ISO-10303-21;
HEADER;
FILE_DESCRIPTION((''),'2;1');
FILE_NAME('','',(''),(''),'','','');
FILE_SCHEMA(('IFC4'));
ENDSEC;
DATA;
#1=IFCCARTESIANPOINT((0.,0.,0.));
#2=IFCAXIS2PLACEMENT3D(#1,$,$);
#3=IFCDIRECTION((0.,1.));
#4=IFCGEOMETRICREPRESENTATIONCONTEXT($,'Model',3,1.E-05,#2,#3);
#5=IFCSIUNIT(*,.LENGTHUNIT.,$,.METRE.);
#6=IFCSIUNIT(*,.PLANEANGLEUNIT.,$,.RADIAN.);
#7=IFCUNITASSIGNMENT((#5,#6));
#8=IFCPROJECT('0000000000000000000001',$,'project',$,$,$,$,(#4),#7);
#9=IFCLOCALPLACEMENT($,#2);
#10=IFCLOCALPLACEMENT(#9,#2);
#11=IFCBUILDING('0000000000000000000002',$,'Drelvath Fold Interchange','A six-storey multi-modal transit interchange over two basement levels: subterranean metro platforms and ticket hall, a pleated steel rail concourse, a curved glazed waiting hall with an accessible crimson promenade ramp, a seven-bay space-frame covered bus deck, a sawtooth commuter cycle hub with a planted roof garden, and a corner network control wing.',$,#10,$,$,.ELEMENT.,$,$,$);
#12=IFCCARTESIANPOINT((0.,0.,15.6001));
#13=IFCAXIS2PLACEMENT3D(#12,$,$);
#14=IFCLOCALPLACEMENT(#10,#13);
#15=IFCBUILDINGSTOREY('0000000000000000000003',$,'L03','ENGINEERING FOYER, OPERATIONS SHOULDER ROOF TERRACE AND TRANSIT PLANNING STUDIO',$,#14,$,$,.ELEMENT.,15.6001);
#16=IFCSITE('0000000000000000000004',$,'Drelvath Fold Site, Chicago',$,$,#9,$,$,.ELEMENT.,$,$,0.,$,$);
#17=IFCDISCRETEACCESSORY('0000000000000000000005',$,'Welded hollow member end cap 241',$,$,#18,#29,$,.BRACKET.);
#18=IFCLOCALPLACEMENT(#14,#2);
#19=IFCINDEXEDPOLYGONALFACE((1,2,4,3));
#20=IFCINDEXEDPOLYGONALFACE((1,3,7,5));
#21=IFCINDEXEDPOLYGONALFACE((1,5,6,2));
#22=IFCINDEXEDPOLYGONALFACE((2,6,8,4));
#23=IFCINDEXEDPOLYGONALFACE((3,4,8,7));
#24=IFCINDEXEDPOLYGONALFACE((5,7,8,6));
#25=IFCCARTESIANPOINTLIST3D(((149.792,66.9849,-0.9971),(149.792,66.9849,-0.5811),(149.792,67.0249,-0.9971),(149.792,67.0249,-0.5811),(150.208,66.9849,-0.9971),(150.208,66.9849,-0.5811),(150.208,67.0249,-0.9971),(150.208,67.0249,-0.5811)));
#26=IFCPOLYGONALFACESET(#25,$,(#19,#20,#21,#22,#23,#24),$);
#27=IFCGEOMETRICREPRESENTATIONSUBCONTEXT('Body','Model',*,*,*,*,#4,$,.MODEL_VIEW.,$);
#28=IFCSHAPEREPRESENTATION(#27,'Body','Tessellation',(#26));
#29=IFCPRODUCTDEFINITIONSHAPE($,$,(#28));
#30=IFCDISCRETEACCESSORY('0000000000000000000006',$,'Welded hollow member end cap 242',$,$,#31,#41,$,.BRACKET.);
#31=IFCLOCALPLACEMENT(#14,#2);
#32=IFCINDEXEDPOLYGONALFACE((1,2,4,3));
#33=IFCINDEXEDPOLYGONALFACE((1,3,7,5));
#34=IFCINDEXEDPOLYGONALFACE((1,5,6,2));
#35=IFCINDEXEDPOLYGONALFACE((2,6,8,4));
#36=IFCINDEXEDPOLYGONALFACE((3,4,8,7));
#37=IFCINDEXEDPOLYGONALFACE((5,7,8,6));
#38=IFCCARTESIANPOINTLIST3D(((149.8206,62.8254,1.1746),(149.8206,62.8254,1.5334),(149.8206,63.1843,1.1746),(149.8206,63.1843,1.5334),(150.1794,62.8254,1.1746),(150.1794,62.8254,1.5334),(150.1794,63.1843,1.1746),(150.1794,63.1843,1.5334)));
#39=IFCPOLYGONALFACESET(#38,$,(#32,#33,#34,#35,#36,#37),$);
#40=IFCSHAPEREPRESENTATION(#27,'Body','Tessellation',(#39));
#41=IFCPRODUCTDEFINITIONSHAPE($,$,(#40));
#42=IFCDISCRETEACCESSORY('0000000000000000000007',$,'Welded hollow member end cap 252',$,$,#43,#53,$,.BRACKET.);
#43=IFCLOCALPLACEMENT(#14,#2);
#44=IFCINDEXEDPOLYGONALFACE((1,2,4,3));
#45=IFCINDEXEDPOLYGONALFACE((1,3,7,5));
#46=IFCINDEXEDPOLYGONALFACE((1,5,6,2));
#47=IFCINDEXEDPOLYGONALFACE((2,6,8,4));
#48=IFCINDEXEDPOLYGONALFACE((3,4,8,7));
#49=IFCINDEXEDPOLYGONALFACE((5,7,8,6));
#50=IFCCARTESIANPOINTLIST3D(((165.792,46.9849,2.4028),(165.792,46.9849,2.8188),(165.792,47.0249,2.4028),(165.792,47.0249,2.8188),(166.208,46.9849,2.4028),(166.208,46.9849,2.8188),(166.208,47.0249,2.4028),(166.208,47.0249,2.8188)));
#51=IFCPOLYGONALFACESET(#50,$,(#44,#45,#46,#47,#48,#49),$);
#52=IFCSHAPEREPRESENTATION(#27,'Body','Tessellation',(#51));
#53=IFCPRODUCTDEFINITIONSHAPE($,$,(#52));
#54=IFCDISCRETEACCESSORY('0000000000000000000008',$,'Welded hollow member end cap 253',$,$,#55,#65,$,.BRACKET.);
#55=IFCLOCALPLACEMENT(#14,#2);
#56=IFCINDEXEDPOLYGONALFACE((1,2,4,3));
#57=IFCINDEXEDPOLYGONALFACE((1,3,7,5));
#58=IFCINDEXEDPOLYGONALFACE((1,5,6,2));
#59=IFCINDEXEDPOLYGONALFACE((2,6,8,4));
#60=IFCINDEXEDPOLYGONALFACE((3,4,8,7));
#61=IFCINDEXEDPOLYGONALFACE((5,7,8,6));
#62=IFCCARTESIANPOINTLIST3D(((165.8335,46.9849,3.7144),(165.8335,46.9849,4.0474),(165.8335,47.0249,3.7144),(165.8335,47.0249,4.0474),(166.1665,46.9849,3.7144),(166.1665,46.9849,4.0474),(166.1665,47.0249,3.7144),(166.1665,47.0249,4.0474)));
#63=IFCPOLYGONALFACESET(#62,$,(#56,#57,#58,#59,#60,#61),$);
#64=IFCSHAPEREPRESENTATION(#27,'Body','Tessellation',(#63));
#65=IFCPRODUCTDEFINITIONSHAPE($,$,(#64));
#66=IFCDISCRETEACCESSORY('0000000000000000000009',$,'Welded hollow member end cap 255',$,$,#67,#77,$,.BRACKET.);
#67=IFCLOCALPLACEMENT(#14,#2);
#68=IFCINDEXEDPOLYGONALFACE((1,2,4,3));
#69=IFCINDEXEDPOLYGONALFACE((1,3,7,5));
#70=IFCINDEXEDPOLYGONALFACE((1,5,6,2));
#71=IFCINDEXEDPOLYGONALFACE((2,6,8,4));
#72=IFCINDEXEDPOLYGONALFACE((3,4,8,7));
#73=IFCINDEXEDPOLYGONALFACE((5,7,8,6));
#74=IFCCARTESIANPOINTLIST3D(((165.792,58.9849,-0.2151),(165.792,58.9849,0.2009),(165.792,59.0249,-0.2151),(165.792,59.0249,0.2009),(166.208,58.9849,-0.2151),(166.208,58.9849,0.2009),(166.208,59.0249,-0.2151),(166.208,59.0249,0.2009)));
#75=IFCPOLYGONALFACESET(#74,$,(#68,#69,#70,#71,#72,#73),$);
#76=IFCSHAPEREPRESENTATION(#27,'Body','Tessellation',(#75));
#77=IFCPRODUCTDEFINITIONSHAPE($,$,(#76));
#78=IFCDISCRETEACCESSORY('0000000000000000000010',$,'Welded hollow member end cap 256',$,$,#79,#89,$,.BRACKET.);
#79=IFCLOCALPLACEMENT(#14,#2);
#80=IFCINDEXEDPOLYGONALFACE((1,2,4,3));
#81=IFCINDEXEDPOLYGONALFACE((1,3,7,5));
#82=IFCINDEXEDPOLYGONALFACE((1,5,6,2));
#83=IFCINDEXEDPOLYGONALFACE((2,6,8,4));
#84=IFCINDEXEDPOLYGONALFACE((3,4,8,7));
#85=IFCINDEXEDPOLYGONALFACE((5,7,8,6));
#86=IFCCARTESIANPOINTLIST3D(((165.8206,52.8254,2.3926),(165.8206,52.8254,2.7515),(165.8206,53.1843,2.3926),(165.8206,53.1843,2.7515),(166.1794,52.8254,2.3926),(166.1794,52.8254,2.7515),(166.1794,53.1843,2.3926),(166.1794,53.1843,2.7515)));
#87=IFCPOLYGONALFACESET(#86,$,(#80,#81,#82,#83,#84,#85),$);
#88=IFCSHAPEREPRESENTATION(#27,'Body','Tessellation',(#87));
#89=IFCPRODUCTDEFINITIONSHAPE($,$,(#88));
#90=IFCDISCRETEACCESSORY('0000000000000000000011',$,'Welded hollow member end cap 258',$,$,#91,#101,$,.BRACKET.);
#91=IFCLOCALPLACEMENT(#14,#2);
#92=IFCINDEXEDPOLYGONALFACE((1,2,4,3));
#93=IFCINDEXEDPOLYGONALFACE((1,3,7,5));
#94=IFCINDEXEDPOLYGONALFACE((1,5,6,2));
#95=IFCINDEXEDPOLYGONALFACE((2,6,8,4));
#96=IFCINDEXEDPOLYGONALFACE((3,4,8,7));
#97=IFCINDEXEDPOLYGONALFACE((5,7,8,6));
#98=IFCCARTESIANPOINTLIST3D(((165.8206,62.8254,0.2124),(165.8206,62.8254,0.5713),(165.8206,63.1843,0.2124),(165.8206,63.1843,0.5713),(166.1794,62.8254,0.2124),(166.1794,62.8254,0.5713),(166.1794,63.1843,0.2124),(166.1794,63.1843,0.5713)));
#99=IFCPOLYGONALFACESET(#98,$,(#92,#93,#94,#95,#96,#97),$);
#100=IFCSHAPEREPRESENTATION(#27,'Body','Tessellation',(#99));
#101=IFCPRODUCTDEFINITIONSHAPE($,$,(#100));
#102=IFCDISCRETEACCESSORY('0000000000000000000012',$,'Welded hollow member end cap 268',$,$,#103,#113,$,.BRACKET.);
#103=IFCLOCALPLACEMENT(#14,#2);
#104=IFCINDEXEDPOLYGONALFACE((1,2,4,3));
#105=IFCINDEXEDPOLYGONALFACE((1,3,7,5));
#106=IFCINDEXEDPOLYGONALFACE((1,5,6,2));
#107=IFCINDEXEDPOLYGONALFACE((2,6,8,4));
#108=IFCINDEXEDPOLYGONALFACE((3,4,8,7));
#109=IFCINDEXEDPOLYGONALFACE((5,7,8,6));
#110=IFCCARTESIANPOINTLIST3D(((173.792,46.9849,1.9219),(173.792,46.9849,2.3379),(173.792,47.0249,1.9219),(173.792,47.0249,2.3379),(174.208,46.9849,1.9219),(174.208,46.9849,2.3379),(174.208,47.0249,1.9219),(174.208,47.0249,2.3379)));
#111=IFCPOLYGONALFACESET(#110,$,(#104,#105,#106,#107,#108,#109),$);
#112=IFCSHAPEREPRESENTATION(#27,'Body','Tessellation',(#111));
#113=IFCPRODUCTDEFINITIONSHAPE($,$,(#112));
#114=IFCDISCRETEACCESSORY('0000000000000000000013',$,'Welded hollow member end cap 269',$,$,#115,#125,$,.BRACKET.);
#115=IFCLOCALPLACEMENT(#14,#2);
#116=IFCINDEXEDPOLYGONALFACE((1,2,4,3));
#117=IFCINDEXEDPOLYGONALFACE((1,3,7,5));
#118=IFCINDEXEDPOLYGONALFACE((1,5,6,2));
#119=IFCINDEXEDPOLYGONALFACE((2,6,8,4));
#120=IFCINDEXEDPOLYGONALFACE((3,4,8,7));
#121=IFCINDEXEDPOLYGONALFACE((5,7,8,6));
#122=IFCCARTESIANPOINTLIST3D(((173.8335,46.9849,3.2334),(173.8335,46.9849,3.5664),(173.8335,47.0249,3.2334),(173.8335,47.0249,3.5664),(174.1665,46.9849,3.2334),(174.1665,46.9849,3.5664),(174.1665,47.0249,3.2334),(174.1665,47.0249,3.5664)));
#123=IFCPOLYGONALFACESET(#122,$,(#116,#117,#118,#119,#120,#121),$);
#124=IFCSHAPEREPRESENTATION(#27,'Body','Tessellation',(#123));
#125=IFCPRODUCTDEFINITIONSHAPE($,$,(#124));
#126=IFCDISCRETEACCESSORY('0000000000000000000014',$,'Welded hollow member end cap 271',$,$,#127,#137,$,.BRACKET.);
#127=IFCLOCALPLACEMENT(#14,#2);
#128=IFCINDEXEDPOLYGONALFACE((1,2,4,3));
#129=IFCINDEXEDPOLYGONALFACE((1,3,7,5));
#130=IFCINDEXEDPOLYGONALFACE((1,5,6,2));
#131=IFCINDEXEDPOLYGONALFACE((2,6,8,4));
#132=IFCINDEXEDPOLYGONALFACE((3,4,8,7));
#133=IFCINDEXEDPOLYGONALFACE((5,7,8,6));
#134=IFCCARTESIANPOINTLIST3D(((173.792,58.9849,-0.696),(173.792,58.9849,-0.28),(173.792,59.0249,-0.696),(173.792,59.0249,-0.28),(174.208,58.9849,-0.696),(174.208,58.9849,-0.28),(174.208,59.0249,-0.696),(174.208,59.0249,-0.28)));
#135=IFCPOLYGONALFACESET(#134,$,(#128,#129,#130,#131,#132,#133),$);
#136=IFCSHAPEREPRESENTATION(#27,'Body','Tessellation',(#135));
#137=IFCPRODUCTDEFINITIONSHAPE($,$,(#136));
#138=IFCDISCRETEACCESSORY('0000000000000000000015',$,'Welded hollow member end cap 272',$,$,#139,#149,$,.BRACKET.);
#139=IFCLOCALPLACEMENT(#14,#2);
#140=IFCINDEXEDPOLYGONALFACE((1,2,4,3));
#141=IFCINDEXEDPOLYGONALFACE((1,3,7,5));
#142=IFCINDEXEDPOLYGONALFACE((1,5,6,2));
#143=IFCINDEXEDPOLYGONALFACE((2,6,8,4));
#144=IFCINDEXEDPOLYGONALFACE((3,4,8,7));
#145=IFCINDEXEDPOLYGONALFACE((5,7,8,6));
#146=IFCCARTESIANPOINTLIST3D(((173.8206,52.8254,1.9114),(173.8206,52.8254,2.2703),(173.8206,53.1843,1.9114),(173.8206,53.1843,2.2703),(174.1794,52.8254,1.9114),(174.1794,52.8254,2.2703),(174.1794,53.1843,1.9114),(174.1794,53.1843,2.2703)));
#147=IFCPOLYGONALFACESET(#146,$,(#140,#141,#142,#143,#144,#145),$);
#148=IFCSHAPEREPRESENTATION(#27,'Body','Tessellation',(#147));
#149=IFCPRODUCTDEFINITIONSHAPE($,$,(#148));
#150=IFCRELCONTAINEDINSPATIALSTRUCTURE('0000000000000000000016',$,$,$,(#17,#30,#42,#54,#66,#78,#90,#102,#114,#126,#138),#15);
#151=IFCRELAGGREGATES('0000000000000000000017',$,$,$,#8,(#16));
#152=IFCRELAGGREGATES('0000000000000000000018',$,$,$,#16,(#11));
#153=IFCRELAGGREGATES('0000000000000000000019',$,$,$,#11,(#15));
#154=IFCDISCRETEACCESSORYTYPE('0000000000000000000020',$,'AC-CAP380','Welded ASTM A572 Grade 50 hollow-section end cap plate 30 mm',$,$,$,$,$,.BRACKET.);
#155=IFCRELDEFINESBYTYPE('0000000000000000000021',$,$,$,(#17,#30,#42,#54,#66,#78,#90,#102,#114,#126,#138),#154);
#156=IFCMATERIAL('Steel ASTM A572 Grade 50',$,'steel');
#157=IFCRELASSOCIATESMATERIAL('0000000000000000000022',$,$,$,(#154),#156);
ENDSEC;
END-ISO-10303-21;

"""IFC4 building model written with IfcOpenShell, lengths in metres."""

from ifc_helpers import new_model, si_unit, direction, frame, origin, origin_2d, place, context, subcontext, project, spatial, rectangle, extrude, material, type_object, element, save


model = new_model("IFC4")

# Units and contexts
model_context = context("Model", 3, precision=1e-05, world=origin(), true_north=direction((0.0, 1.0)))
body_context = subcontext(model_context, "Body", "Model", "MODEL_VIEW")
ifc_project = project(units=[si_unit("LENGTHUNIT", "METRE"), si_unit("PLANEANGLEUNIT", "RADIAN")], contexts=[model_context])

# Site, building, storey
site_placement = place(None, origin())
site = spatial("IfcSite", under=ifc_project, at=site_placement, Name="Drelvath Fold Site, Chicago", CompositionType="ELEMENT", RefElevation=0.0)
building_placement = place(site_placement, origin())
building = spatial("IfcBuilding", under=site, at=building_placement, Name="Drelvath Fold Interchange", Description="A six-storey multi-modal transit interchange over two basement levels: subterranean metro platforms and ticket hall, a pleated steel rail concourse, a curved glazed waiting hall with an accessible crimson promenade ramp, a seven-bay space-frame covered bus deck, a sawtooth commuter cycle hub with a planted roof garden, and a corner network control wing.", CompositionType="ELEMENT")
storey_placement = place(building_placement, frame((0.0, 0.0, 15.6001)))
storey = spatial("IfcBuildingStorey", under=building, at=storey_placement, Name="L03", Description="ENGINEERING FOYER, OPERATIONS SHOULDER ROOF TERRACE AND TRANSIT PLANNING STUDIO", CompositionType="ELEMENT", Elevation=15.6001)

# Discrete accessories
ifc_material_1 = material(Name="Steel ASTM A572 Grade 50", Category="steel")
discrete_accessory_type = type_object("IfcDiscreteAccessoryType", Name="AC-CAP380", Description="Welded ASTM A572 Grade 50 hollow-section end cap plate 30 mm", PredefinedType="BRACKET", material=ifc_material_1)
for number, where, z_axis, x_axis, name in (
    (1, (150.0, 67.0049, -0.9971), (0.0, 0.0, 1.0), (1.0, 0.0, 0.0), "Welded hollow member end cap 241"),
):
    element("IfcDiscreteAccessory", number, at=place(storey_placement, frame(where, z_axis=z_axis, x_axis=x_axis)), inside=storey, type_object=discrete_accessory_type, Name=name, PredefinedType="BRACKET", context=body_context, shape_type="SweptSolid", body=[
        extrude(rectangle(XDim=0.416, YDim=0.04, at=origin_2d()), origin(), (0.0, 0.0, 1.0), 0.416),
    ])
discrete_accessory_1_placement = place(storey_placement, frame((150.0, 63.0049, 1.1746), z_axis=(0.0, 0.0, 1.0), x_axis=(1.0, 0.0, 0.0)))
element("IfcDiscreteAccessory", 2, at=discrete_accessory_1_placement, inside=storey, type_object=discrete_accessory_type, Name="Welded hollow member end cap 242", PredefinedType="BRACKET", context=body_context, shape_type="SweptSolid", body=[
    extrude(rectangle(XDim=0.3589, YDim=0.3589, at=origin_2d()), origin(), (0.0, 0.0, 1.0), 0.3589),
])
discrete_accessory_2_placement = place(storey_placement, frame((166.0, 47.0049, 2.4028), z_axis=(0.0, 0.0, 1.0), x_axis=(1.0, 0.0, 0.0)))
element("IfcDiscreteAccessory", 3, at=discrete_accessory_2_placement, inside=storey, type_object=discrete_accessory_type, Name="Welded hollow member end cap 252", PredefinedType="BRACKET", context=body_context, shape_type="SweptSolid", body=[
    extrude(rectangle(XDim=0.416, YDim=0.04, at=origin_2d()), origin(), (0.0, 0.0, 1.0), 0.416),
])
discrete_accessory_3_placement = place(storey_placement, frame((166.0, 47.0049, 3.7144), z_axis=(0.0, 0.0, 1.0), x_axis=(1.0, 0.0, 0.0)))
element("IfcDiscreteAccessory", 4, at=discrete_accessory_3_placement, inside=storey, type_object=discrete_accessory_type, Name="Welded hollow member end cap 253", PredefinedType="BRACKET", context=body_context, shape_type="SweptSolid", body=[
    extrude(rectangle(XDim=0.333, YDim=0.04, at=origin_2d()), origin(), (0.0, 0.0, 1.0), 0.333),
])
discrete_accessory_4_placement = place(storey_placement, frame((166.0, 59.0049, -0.2151), z_axis=(0.0, 0.0, 1.0), x_axis=(1.0, 0.0, 0.0)))
element("IfcDiscreteAccessory", 5, at=discrete_accessory_4_placement, inside=storey, type_object=discrete_accessory_type, Name="Welded hollow member end cap 255", PredefinedType="BRACKET", context=body_context, shape_type="SweptSolid", body=[
    extrude(rectangle(XDim=0.416, YDim=0.04, at=origin_2d()), origin(), (0.0, 0.0, 1.0), 0.416),
])
for number, where, z_axis, x_axis, name in (
    (6, (166.0, 53.0049, 2.3926), (0.0, 0.0, 1.0), (1.0, 0.0, 0.0), "Welded hollow member end cap 256"),
    (7, (166.0, 63.0049, 0.2124), (0.0, 0.0, 1.0), (1.0, 0.0, 0.0), "Welded hollow member end cap 258"),
):
    element("IfcDiscreteAccessory", number, at=place(storey_placement, frame(where, z_axis=z_axis, x_axis=x_axis)), inside=storey, type_object=discrete_accessory_type, Name=name, PredefinedType="BRACKET", context=body_context, shape_type="SweptSolid", body=[
        extrude(rectangle(XDim=0.3589, YDim=0.3589, at=origin_2d()), origin(), (0.0, 0.0, 1.0), 0.3589),
    ])
discrete_accessory_5_placement = place(storey_placement, frame((174.0, 47.0049, 1.9219), z_axis=(0.0, 0.0, 1.0), x_axis=(1.0, 0.0, 0.0)))
element("IfcDiscreteAccessory", 8, at=discrete_accessory_5_placement, inside=storey, type_object=discrete_accessory_type, Name="Welded hollow member end cap 268", PredefinedType="BRACKET", context=body_context, shape_type="SweptSolid", body=[
    extrude(rectangle(XDim=0.416, YDim=0.04, at=origin_2d()), origin(), (0.0, 0.0, 1.0), 0.416),
])
discrete_accessory_6_placement = place(storey_placement, frame((174.0, 47.0049, 3.2334), z_axis=(0.0, 0.0, 1.0), x_axis=(1.0, 0.0, 0.0)))
element("IfcDiscreteAccessory", 9, at=discrete_accessory_6_placement, inside=storey, type_object=discrete_accessory_type, Name="Welded hollow member end cap 269", PredefinedType="BRACKET", context=body_context, shape_type="SweptSolid", body=[
    extrude(rectangle(XDim=0.333, YDim=0.04, at=origin_2d()), origin(), (0.0, 0.0, 1.0), 0.333),
])
discrete_accessory_7_placement = place(storey_placement, frame((174.0, 59.0049, -0.696), z_axis=(0.0, 0.0, 1.0), x_axis=(1.0, 0.0, 0.0)))
element("IfcDiscreteAccessory", 10, at=discrete_accessory_7_placement, inside=storey, type_object=discrete_accessory_type, Name="Welded hollow member end cap 271", PredefinedType="BRACKET", context=body_context, shape_type="SweptSolid", body=[
    extrude(rectangle(XDim=0.416, YDim=0.04, at=origin_2d()), origin(), (0.0, 0.0, 1.0), 0.416),
])
discrete_accessory_8_placement = place(storey_placement, frame((174.0, 53.0049, 1.9114), z_axis=(0.0, 0.0, 1.0), x_axis=(1.0, 0.0, 0.0)))
element("IfcDiscreteAccessory", 11, at=discrete_accessory_8_placement, inside=storey, type_object=discrete_accessory_type, Name="Welded hollow member end cap 272", PredefinedType="BRACKET", context=body_context, shape_type="SweptSolid", body=[
    extrude(rectangle(XDim=0.3589, YDim=0.3589, at=origin_2d()), origin(), (0.0, 0.0, 1.0), 0.3589),
])

save(model, "model.ifc")
